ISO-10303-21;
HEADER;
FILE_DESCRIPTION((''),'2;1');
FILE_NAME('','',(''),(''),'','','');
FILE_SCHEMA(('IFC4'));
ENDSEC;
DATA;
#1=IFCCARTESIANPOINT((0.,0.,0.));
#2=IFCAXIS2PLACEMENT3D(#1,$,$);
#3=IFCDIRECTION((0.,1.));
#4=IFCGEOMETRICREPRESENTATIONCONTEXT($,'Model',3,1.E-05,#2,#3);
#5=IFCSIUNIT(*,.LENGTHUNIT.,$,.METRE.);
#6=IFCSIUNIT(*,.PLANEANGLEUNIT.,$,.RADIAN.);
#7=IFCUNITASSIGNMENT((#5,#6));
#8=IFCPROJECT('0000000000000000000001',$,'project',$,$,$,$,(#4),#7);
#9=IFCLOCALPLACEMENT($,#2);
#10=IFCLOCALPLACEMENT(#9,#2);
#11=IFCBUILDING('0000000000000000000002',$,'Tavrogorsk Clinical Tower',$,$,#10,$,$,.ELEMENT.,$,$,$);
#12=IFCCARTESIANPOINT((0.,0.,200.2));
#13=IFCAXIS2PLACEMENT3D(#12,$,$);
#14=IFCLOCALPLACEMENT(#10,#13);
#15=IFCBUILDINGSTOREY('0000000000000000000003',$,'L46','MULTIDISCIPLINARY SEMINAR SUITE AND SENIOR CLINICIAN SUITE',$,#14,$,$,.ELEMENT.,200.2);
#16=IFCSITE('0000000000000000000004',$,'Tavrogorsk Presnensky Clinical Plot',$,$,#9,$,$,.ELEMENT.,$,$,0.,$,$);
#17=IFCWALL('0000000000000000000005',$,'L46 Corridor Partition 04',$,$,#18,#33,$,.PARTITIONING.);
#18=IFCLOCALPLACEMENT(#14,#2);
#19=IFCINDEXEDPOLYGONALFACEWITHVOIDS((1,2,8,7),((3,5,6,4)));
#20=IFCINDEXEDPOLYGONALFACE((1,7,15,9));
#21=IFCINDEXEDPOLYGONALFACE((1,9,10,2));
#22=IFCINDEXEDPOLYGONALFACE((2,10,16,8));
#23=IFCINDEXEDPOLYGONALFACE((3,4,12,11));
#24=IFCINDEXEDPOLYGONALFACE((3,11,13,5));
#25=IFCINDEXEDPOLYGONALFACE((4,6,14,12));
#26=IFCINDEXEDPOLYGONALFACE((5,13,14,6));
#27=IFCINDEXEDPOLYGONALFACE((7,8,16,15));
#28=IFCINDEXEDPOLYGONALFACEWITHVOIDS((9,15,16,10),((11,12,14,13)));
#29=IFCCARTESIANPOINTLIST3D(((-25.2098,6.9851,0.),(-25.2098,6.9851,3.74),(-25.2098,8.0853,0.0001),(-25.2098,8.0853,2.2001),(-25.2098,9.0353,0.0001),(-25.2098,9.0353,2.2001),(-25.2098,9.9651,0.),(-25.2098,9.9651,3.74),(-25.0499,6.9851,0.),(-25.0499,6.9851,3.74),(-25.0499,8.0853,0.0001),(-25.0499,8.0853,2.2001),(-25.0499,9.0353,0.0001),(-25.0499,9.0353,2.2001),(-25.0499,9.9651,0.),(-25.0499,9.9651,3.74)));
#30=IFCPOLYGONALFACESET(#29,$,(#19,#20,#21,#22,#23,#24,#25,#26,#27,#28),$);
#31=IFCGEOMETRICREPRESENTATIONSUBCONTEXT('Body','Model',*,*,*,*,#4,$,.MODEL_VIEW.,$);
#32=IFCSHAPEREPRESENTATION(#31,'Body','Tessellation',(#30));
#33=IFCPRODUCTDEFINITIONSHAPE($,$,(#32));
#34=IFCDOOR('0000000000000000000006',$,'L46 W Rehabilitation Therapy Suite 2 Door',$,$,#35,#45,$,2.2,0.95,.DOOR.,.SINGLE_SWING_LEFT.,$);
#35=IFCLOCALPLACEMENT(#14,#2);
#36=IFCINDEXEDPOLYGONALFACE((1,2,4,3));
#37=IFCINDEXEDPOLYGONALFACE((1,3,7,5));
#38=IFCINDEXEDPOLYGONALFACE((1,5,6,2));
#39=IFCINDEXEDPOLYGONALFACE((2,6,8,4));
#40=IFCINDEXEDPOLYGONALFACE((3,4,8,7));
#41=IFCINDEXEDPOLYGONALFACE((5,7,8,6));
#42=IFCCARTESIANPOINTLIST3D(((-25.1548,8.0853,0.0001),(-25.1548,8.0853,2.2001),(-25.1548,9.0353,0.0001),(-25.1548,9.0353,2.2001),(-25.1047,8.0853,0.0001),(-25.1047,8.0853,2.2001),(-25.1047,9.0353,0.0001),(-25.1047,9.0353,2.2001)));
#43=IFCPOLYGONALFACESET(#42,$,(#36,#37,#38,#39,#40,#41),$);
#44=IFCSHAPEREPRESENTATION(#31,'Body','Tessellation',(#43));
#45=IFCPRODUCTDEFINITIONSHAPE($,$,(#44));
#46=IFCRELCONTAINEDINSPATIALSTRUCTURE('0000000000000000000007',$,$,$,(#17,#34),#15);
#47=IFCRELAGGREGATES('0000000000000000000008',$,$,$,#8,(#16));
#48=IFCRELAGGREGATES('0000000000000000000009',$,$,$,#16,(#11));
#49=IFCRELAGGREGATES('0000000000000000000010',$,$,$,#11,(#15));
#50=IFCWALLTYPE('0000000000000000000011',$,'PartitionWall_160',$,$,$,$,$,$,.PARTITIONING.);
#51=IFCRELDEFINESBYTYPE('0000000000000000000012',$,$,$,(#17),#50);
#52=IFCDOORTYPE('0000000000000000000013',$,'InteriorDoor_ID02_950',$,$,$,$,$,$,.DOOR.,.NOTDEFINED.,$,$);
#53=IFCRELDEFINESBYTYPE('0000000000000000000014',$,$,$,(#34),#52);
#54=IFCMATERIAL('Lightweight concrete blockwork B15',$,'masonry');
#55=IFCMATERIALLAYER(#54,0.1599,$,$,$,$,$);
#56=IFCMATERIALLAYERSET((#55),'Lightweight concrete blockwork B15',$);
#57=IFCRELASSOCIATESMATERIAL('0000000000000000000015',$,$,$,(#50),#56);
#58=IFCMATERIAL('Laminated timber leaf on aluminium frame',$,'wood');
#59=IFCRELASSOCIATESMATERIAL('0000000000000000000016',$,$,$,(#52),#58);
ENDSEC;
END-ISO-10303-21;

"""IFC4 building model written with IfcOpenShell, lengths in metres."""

from ifc_helpers import new_model, si_unit, direction, frame, frame_2d, origin, place, context, subcontext, project, spatial, rectangle, extrude, material, layer, layer_set, type_object, element, fill, save


model = new_model("IFC4")

# Units and contexts
model_context = context("Model", 3, precision=1e-05, world=origin(), true_north=direction((0.0, 1.0)))
body_context = subcontext(model_context, "Body", "Model", "MODEL_VIEW")
ifc_project = project(units=[si_unit("LENGTHUNIT", "METRE"), si_unit("PLANEANGLEUNIT", "RADIAN")], contexts=[model_context])

# Site, building, storey
site_placement = place(None, origin())
site = spatial("IfcSite", under=ifc_project, at=site_placement, Name="Tavrogorsk Presnensky Clinical Plot", CompositionType="ELEMENT", RefElevation=0.0)
building_placement = place(site_placement, origin())
building = spatial("IfcBuilding", under=site, at=building_placement, Name="Tavrogorsk Clinical Tower", CompositionType="ELEMENT")
storey_placement = place(building_placement, frame((0.0, 0.0, 200.2)))
storey = spatial("IfcBuildingStorey", under=building, at=storey_placement, Name="L46", Description="MULTIDISCIPLINARY SEMINAR SUITE AND SENIOR CLINICIAN SUITE", CompositionType="ELEMENT", Elevation=200.2)

# Wall, opening, door
ifc_material_1 = material(Name="Lightweight concrete blockwork B15", Category="masonry")
ifc_layer_1 = layer(ifc_material_1, 0.1599)
ifc_layer_set_1 = layer_set([ifc_layer_1], Name="Lightweight concrete blockwork B15")
wall_type_1 = type_object("IfcWallType", Name="PartitionWall_160", PredefinedType="PARTITIONING", material=ifc_layer_set_1)
wall_1_placement = place(storey_placement, frame((-25.1299, 6.9851, 0.0), z_axis=(0.0, 0.0, 1.0), x_axis=(0.0, 1.0, 0.0)))
wall_1 = element("IfcWall", 1, at=wall_1_placement, inside=storey, type_object=wall_type_1, Name="L46 Corridor Partition 04", PredefinedType="PARTITIONING", context=body_context, shape_type="SweptSolid", body=[
    extrude(rectangle(XDim=2.98, YDim=0.1599, at=frame_2d((1.49, 0.0))), origin(), (0.0, 0.0, 1.0), 3.74),
])
opening_1_placement = place(wall_1_placement, frame((1.1001, 0.0, 0.0)))
opening_1 = element("IfcOpeningElement", 2, at=opening_1_placement, cuts=wall_1, PredefinedType="OPENING", context=body_context, shape_type="SweptSolid", body=[
    extrude(rectangle(XDim=0.95, YDim=2.2, at=frame_2d((0.4751, 1.1001))), frame((0.0, 0.0898, 0.0), z_axis=(0.0, -1.0, 0.0), x_axis=(1.0, 0.0, 0.0)), (0.0, 0.0, 1.0), 0.1799),
])
ifc_material_2 = material(Name="Laminated timber leaf on aluminium frame", Category="wood")
door_type_1 = type_object("IfcDoorType", Name="InteriorDoor_ID02_950", OperationType="NOTDEFINED", PredefinedType="DOOR", material=ifc_material_2)
door_1_placement = place(opening_1_placement, origin())
door_1 = element("IfcDoor", 3, at=door_1_placement, inside=storey, type_object=door_type_1, Name="L46 W Rehabilitation Therapy Suite 2 Door", OperationType="SINGLE_SWING_LEFT", OverallHeight=2.2, OverallWidth=0.95, PredefinedType="DOOR", context=body_context, shape_type="SweptSolid", body=[
    extrude(rectangle(XDim=0.95, YDim=2.2, at=frame_2d((0.4751, 1.1001))), frame((0.0, 0.0249, 0.0), z_axis=(0.0, -1.0, 0.0), x_axis=(1.0, 0.0, 0.0)), (0.0, 0.0, 1.0), 0.05),
])
fill(opening_1, door_1)

save(model, "model.ifc")
